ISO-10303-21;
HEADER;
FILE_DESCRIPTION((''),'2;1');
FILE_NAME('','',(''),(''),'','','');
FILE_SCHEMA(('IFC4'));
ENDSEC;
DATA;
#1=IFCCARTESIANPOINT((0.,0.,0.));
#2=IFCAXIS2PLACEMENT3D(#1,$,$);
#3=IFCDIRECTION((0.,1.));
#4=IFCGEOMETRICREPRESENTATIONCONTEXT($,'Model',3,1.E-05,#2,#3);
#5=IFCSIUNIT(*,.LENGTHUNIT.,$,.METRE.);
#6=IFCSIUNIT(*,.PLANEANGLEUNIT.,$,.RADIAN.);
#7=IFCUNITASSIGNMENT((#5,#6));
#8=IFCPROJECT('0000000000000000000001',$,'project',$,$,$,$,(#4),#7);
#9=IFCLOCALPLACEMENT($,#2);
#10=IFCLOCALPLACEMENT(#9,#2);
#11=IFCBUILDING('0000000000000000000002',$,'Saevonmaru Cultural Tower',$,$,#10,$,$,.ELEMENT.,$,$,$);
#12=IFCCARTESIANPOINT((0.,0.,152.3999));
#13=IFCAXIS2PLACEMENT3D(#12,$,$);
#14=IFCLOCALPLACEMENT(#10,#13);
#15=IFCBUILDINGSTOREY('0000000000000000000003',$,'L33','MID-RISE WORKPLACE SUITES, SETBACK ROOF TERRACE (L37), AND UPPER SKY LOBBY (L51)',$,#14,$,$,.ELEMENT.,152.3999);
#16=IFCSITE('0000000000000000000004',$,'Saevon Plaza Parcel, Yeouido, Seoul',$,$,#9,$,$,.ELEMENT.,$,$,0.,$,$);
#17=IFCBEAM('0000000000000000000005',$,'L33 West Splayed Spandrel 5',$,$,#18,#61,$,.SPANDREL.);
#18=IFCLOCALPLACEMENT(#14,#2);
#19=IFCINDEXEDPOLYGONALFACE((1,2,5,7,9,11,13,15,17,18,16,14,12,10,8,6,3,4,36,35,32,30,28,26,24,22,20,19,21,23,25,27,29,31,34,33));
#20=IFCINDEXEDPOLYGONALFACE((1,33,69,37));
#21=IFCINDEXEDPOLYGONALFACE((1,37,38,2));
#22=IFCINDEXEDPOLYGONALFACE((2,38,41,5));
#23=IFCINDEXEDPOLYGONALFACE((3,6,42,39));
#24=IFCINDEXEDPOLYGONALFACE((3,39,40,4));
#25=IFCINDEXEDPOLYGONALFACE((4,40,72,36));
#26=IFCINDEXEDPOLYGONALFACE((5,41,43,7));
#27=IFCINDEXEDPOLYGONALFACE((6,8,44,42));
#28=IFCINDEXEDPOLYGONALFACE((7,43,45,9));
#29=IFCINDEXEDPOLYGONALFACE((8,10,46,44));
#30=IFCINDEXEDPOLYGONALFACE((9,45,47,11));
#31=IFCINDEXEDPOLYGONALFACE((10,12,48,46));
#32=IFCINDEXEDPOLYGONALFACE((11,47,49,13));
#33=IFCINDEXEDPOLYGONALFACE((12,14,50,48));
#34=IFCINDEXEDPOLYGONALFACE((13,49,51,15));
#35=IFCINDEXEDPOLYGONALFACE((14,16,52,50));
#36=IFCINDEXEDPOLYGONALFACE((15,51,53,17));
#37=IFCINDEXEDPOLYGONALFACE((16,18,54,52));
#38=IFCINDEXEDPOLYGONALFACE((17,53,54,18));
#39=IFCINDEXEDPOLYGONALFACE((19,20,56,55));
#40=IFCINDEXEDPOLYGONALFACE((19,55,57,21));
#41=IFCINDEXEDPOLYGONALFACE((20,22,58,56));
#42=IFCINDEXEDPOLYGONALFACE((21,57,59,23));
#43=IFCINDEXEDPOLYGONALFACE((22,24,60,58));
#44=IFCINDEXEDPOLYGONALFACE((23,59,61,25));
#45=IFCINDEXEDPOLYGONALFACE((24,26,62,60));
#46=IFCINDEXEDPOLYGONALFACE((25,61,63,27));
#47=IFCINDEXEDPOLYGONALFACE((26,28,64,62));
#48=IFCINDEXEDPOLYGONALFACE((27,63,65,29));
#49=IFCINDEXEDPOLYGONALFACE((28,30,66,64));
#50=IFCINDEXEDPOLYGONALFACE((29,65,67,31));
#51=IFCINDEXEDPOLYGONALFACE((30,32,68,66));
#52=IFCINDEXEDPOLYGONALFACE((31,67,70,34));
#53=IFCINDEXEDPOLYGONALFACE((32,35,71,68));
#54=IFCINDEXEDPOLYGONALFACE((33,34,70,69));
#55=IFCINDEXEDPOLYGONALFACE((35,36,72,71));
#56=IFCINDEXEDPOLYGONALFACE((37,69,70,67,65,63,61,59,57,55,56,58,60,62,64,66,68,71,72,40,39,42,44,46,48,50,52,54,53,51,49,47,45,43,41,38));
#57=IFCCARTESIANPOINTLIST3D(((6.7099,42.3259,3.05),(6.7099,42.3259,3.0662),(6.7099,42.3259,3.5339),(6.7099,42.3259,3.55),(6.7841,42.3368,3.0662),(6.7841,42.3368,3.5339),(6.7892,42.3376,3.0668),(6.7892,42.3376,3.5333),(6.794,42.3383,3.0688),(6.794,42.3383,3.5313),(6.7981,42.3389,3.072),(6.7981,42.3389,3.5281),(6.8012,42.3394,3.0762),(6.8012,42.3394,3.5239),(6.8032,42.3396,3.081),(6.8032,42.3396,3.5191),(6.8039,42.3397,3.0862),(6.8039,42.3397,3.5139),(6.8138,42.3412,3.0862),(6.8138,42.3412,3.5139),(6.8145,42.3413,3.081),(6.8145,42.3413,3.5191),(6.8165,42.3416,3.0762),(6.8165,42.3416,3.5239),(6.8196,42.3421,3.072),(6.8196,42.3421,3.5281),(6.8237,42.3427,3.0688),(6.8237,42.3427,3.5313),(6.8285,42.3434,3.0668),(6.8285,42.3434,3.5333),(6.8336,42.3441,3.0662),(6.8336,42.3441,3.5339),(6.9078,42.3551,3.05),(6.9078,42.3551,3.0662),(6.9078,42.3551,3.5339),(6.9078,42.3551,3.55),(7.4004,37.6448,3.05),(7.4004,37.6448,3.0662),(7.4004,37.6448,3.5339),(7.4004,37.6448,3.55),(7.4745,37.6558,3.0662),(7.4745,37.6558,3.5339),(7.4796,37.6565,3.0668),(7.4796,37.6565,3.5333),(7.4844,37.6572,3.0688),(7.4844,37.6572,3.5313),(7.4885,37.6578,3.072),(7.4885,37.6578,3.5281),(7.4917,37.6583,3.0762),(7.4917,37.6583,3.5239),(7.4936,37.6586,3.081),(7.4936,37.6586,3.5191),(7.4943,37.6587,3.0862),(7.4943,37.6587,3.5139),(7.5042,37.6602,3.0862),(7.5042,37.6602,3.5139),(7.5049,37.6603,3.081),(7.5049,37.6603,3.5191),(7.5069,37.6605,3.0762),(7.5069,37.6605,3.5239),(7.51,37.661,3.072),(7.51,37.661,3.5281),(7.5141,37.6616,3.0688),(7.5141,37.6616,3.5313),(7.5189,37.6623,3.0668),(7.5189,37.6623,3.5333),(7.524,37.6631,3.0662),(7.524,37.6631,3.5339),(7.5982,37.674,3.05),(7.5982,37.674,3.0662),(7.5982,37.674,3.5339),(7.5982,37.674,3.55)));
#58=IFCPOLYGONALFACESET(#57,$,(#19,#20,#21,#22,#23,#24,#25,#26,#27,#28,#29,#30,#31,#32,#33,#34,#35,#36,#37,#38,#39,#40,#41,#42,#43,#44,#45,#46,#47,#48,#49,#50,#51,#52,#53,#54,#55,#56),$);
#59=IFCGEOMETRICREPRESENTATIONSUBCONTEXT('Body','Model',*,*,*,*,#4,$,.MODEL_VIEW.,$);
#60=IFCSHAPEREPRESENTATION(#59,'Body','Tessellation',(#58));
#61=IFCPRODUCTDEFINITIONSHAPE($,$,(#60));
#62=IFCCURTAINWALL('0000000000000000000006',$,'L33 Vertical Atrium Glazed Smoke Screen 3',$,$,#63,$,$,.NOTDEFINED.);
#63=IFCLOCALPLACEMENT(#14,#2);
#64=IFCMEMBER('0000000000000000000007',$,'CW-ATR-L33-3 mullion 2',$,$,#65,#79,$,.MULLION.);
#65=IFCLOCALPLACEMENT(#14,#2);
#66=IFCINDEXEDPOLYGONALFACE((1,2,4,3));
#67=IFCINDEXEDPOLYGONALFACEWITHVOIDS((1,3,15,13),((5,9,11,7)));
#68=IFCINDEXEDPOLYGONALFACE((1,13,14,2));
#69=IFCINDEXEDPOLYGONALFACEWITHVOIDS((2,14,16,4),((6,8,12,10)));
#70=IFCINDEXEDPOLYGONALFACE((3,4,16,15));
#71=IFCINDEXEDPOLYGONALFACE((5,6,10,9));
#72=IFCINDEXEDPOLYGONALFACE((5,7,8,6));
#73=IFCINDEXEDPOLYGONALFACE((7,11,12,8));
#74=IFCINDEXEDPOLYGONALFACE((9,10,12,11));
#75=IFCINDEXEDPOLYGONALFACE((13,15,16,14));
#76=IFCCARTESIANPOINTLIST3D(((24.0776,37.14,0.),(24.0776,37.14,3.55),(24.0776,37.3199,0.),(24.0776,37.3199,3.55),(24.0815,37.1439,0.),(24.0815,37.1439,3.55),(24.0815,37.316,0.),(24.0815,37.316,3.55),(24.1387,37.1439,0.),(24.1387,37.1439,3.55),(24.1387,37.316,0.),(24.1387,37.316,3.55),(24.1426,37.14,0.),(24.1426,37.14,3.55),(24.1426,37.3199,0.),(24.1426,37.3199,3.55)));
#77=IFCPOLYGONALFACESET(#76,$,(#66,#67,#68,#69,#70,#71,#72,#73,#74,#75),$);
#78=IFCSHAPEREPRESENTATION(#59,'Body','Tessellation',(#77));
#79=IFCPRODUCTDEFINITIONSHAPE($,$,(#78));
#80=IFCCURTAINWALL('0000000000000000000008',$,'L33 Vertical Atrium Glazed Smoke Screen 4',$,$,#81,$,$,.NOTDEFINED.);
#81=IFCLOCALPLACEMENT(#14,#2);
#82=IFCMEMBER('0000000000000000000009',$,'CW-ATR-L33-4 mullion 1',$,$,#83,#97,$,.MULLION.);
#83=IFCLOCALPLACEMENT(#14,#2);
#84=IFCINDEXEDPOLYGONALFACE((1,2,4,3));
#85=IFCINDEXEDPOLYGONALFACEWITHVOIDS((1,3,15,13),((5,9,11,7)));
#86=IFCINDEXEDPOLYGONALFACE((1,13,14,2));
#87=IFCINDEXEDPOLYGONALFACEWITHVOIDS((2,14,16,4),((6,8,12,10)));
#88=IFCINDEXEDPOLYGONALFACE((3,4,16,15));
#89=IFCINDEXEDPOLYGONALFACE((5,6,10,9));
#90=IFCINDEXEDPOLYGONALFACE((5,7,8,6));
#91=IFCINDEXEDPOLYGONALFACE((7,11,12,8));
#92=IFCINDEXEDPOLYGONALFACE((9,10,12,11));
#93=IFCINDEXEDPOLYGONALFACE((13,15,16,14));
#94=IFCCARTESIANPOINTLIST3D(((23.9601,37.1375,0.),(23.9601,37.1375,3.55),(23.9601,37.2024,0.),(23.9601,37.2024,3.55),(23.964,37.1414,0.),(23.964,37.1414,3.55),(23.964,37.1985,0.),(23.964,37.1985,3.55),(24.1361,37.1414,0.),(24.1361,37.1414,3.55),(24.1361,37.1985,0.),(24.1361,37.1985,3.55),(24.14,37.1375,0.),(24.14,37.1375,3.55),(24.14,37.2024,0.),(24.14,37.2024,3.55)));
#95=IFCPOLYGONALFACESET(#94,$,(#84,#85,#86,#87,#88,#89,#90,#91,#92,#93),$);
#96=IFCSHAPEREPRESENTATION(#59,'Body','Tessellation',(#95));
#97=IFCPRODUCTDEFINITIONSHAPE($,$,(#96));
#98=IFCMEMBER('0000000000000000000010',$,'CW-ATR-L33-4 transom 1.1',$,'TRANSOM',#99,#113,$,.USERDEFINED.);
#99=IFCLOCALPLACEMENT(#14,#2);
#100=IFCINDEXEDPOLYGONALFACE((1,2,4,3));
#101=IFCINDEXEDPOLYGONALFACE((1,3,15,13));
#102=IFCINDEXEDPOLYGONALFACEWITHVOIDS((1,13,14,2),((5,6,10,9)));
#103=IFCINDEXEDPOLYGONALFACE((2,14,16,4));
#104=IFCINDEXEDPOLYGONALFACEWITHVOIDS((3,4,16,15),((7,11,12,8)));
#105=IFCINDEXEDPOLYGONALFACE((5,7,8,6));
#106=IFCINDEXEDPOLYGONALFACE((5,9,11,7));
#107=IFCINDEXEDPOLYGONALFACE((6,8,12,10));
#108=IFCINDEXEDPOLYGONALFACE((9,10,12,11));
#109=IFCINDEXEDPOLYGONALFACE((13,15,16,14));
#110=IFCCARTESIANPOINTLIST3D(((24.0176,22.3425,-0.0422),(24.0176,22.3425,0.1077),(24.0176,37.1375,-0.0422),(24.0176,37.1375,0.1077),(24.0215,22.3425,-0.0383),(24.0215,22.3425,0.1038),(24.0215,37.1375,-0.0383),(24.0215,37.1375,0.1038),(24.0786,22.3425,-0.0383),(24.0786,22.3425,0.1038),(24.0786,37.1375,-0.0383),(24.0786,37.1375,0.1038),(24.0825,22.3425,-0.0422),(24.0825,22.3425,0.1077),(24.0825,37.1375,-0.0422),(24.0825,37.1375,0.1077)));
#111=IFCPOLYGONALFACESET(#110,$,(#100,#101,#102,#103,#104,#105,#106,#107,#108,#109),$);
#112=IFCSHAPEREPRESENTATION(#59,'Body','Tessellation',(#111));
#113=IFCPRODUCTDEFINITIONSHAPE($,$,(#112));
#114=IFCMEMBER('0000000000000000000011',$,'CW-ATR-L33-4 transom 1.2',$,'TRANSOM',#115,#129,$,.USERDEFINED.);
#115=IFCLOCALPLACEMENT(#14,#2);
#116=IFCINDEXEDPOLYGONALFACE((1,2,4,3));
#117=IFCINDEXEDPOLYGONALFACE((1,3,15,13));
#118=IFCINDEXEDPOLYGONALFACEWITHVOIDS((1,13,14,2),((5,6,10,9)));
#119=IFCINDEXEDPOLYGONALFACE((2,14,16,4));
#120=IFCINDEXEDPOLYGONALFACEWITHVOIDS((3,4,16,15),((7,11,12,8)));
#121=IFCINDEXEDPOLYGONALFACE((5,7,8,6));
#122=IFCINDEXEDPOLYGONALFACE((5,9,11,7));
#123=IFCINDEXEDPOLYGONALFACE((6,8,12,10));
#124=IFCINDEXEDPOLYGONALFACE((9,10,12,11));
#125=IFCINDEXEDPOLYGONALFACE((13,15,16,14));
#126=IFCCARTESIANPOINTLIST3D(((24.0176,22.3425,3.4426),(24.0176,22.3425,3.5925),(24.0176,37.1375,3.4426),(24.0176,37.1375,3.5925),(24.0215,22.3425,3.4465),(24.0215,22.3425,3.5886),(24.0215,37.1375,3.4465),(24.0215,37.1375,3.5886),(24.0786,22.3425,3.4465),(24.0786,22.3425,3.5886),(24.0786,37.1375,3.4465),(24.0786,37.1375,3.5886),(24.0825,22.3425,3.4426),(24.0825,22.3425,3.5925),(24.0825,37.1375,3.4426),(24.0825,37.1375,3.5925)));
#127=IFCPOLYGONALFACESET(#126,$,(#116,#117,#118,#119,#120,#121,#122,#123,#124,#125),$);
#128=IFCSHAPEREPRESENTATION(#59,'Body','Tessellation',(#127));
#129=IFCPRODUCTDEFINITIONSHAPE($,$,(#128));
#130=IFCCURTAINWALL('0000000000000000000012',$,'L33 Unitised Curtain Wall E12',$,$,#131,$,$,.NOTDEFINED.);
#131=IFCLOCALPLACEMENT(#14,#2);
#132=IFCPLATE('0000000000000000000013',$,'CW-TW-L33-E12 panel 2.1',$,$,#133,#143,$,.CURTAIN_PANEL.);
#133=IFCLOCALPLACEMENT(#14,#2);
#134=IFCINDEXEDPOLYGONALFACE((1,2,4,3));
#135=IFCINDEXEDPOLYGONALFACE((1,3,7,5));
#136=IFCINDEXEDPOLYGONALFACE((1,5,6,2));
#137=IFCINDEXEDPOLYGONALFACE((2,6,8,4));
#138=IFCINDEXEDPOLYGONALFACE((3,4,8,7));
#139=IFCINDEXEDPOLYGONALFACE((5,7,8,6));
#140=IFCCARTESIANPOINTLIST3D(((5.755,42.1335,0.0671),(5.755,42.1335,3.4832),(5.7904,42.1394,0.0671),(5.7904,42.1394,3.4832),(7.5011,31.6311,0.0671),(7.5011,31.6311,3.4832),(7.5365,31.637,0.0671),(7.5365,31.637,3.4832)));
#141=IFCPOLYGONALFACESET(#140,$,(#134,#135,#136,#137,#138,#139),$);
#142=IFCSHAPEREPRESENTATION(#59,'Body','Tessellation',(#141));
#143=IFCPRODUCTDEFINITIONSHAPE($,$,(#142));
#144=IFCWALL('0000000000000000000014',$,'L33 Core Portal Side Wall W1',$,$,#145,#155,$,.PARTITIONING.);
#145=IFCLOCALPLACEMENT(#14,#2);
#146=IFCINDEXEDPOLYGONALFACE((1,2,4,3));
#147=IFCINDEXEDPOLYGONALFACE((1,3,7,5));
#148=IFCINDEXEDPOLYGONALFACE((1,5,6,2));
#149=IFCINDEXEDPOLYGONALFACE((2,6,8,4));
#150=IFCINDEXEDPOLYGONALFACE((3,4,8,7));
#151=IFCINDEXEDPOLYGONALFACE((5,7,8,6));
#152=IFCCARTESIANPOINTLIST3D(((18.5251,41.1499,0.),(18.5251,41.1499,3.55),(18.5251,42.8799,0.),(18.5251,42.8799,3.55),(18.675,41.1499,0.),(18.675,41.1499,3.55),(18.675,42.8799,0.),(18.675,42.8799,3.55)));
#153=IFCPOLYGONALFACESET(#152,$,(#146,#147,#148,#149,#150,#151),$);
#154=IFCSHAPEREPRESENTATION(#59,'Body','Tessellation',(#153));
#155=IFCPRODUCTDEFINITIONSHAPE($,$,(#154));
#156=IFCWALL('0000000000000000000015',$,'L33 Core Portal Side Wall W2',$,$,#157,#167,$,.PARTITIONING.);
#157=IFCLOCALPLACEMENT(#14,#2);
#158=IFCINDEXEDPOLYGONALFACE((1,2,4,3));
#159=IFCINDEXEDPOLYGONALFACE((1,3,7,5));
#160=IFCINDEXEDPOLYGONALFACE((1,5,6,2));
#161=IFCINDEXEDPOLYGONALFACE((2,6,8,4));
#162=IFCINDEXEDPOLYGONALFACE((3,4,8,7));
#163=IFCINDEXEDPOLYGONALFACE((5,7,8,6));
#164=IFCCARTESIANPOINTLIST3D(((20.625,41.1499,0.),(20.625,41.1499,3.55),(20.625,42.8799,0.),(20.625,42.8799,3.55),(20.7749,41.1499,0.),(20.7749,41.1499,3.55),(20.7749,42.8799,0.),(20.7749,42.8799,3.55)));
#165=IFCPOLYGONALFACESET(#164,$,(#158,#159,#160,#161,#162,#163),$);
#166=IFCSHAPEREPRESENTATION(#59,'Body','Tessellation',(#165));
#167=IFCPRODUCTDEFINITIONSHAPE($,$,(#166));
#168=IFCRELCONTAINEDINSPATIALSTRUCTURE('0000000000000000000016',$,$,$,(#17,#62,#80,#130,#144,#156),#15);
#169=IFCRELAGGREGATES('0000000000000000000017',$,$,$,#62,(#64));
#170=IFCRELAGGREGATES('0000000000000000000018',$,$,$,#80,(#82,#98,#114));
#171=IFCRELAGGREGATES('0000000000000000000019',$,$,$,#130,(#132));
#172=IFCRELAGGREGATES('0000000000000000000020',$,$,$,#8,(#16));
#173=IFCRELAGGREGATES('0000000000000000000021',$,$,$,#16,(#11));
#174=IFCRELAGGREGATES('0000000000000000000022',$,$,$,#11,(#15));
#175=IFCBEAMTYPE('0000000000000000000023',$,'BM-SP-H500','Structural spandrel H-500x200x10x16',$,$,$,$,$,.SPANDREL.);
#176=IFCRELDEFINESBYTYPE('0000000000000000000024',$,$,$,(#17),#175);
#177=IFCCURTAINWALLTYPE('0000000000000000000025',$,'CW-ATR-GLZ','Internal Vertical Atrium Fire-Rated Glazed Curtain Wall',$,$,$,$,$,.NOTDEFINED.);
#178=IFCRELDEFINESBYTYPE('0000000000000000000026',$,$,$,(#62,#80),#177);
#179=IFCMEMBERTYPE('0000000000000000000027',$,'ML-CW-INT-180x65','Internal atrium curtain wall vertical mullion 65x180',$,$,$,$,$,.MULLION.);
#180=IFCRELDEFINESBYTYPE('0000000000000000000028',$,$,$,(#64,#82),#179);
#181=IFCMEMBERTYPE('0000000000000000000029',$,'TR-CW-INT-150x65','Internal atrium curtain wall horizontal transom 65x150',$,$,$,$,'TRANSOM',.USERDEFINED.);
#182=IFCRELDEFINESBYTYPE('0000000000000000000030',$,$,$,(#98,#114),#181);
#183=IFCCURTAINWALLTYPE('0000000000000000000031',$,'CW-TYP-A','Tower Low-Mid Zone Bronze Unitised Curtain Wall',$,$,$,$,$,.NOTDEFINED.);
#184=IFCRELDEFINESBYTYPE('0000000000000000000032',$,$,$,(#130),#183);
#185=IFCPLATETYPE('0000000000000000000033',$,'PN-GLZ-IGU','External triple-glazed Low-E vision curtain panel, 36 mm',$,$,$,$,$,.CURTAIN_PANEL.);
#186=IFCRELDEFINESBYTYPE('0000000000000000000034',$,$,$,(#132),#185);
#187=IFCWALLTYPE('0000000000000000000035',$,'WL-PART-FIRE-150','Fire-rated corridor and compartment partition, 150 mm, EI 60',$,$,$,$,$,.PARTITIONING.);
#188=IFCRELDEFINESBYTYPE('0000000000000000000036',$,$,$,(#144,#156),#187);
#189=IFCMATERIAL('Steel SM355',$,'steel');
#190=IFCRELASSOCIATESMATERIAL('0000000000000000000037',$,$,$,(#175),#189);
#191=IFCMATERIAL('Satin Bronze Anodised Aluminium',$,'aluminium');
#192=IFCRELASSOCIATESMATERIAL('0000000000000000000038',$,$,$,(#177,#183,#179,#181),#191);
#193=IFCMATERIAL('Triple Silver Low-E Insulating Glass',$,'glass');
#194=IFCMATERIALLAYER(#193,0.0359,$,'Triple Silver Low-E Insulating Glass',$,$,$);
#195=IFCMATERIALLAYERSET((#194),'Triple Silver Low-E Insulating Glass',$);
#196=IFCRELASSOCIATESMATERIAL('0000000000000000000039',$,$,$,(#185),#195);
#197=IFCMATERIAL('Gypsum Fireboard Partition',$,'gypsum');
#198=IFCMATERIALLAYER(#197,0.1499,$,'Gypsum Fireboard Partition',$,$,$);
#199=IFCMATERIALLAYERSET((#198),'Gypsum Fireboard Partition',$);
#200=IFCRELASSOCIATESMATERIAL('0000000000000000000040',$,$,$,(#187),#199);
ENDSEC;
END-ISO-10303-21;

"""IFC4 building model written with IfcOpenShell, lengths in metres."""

from ifc_helpers import new_model, si_unit, direction, frame, frame_2d, origin, origin_2d, place, context, subcontext, project, spatial, rectangle, hollow_rectangle, i_section, extrude, material, layer, layer_set, material_profile, profile_set, type_object, element, aggregate, save


model = new_model("IFC4")

# Units and contexts
model_context = context("Model", 3, precision=1e-05, world=origin(), true_north=direction((0.0, 1.0)))
body_context = subcontext(model_context, "Body", "Model", "MODEL_VIEW")
ifc_project = project(units=[si_unit("LENGTHUNIT", "METRE"), si_unit("PLANEANGLEUNIT", "RADIAN")], contexts=[model_context])

# Site, building, storey
site_placement = place(None, origin())
site = spatial("IfcSite", under=ifc_project, at=site_placement, Name="Saevon Plaza Parcel, Yeouido, Seoul", CompositionType="ELEMENT", RefElevation=0.0)
building_placement = place(site_placement, origin())
building = spatial("IfcBuilding", under=site, at=building_placement, Name="Saevonmaru Cultural Tower", CompositionType="ELEMENT")
storey_placement = place(building_placement, frame((0.0, 0.0, 152.3999)))
storey = spatial("IfcBuildingStorey", under=building, at=storey_placement, Name="L33", Description="MID-RISE WORKPLACE SUITES, SETBACK ROOF TERRACE (L37), AND UPPER SKY LOBBY (L51)", CompositionType="ELEMENT", Elevation=152.3999)

# Shared definitions
ifc_material_1 = material(Name="Steel SM355", Category="steel")

# Beam
ifc_material_profile_1 = material_profile(ifc_material_1, i_section(OverallWidth=0.2, OverallDepth=0.5, WebThickness=0.01, FlangeThickness=0.0161, FilletRadius=0.02, at=origin_2d()), Name="H-500x200x10x16")
ifc_profile_set_1 = profile_set([ifc_material_profile_1], Name="Steel SM355")
beam_type_1 = type_object("IfcBeamType", Name="BM-SP-H500", Description="Structural spandrel H-500x200x10x16", PredefinedType="SPANDREL", material=ifc_profile_set_1)
beam_1_placement = place(storey_placement, frame((7.4993, 37.6594, 3.3), z_axis=(-0.145913, 0.989297, 0.0), x_axis=(-0.989297, -0.145913, 0.0)))
element("IfcBeam", 1, at=beam_1_placement, inside=storey, type_object=beam_type_1, Name="L33 West Splayed Spandrel 5", PredefinedType="SPANDREL", context=body_context, shape_type="SweptSolid", body=[
    extrude(i_section(OverallWidth=0.2, OverallDepth=0.5, WebThickness=0.01, FlangeThickness=0.0161, FilletRadius=0.02, at=origin_2d()), origin(), (0.0, 0.0, 1.0), 4.7317),
])

# Curtain wall, member
ifc_material_2 = material(Name="Satin Bronze Anodised Aluminium", Category="aluminium")
curtain_wall_type_1 = type_object("IfcCurtainWallType", Name="CW-ATR-GLZ", Description="Internal Vertical Atrium Fire-Rated Glazed Curtain Wall", PredefinedType="NOTDEFINED", material=ifc_material_2)
curtain_wall_1_placement = place(storey_placement, origin())
curtain_wall_1 = element("IfcCurtainWall", 2, at=curtain_wall_1_placement, inside=storey, type_object=curtain_wall_type_1, Name="L33 Vertical Atrium Glazed Smoke Screen 3", PredefinedType="NOTDEFINED")
ifc_material_profile_2 = material_profile(ifc_material_2, hollow_rectangle(XDim=0.0649, YDim=0.1799, WallThickness=0.0039, at=origin_2d()), Name="ALU-MULL-180x65x4")
ifc_profile_set_2 = profile_set([ifc_material_profile_2], Name="Satin Bronze Anodised Aluminium")
member_type_1 = type_object("IfcMemberType", Name="ML-CW-INT-180x65", Description="Internal atrium curtain wall vertical mullion 65x180", PredefinedType="MULLION", material=ifc_profile_set_2)
member_1_placement = place(storey_placement, frame((24.1101, 37.23, 0.0), z_axis=(0.0, 0.0, 1.0), x_axis=(-1.0, 0.0, 0.0)))
member_1 = element("IfcMember", 3, at=member_1_placement, type_object=member_type_1, Name="CW-ATR-L33-3 mullion 2", PredefinedType="MULLION", context=body_context, shape_type="SweptSolid", body=[
    extrude(hollow_rectangle(XDim=0.0649, YDim=0.1799, WallThickness=0.0039, at=origin_2d()), origin(), (0.0, 0.0, 1.0), 3.55),
])
aggregate(curtain_wall_1, [member_1])

# Curtain wall, members
curtain_wall_2_placement = place(storey_placement, origin())
curtain_wall_2 = element("IfcCurtainWall", 4, at=curtain_wall_2_placement, inside=storey, type_object=curtain_wall_type_1, Name="L33 Vertical Atrium Glazed Smoke Screen 4", PredefinedType="NOTDEFINED")
member_2_placement = place(storey_placement, frame((24.05, 37.1699, 0.0), z_axis=(0.0, 0.0, 1.0), x_axis=(0.0, -1.0, 0.0)))
member_2 = element("IfcMember", 5, at=member_2_placement, type_object=member_type_1, Name="CW-ATR-L33-4 mullion 1", PredefinedType="MULLION", context=body_context, shape_type="SweptSolid", body=[
    extrude(hollow_rectangle(XDim=0.0649, YDim=0.1799, WallThickness=0.0039, at=origin_2d()), origin(), (0.0, 0.0, 1.0), 3.55),
])
ifc_material_profile_3 = material_profile(ifc_material_2, hollow_rectangle(XDim=0.0649, YDim=0.1499, WallThickness=0.0039, at=origin_2d()), Name="ALU-TRAN-150x65x4")
ifc_profile_set_3 = profile_set([ifc_material_profile_3], Name="Satin Bronze Anodised Aluminium")
member_type_2 = type_object("IfcMemberType", Name="TR-CW-INT-150x65", Description="Internal atrium curtain wall horizontal transom 65x150", ElementType="TRANSOM", PredefinedType="USERDEFINED", material=ifc_profile_set_3)
member_3_placement = place(storey_placement, frame((24.05, 37.1375, 0.0327), z_axis=(0.0, -1.0, 0.0), x_axis=(1.0, 0.0, 0.0)))
member_3 = element("IfcMember", 6, at=member_3_placement, type_object=member_type_2, Name="CW-ATR-L33-4 transom 1.1", ObjectType="TRANSOM", PredefinedType="USERDEFINED", context=body_context, shape_type="SweptSolid", body=[
    extrude(hollow_rectangle(XDim=0.0649, YDim=0.1499, WallThickness=0.0039, at=origin_2d()), origin(), (0.0, 0.0, 1.0), 14.7949),
])
member_4_placement = place(storey_placement, frame((24.05, 37.1375, 3.5176), z_axis=(0.0, -1.0, 0.0), x_axis=(1.0, 0.0, 0.0)))
member_4 = element("IfcMember", 7, at=member_4_placement, type_object=member_type_2, Name="CW-ATR-L33-4 transom 1.2", ObjectType="TRANSOM", PredefinedType="USERDEFINED", context=body_context, shape_type="SweptSolid", body=[
    extrude(hollow_rectangle(XDim=0.0649, YDim=0.1499, WallThickness=0.0039, at=origin_2d()), origin(), (0.0, 0.0, 1.0), 14.7949),
])
aggregate(curtain_wall_2, [member_2, member_3, member_4])

# Curtain wall, plate
curtain_wall_type_2 = type_object("IfcCurtainWallType", Name="CW-TYP-A", Description="Tower Low-Mid Zone Bronze Unitised Curtain Wall", PredefinedType="NOTDEFINED", material=ifc_material_2)
curtain_wall_3_placement = place(storey_placement, origin())
curtain_wall_3 = element("IfcCurtainWall", 8, at=curtain_wall_3_placement, inside=storey, type_object=curtain_wall_type_2, Name="L33 Unitised Curtain Wall E12", PredefinedType="NOTDEFINED")
ifc_material_3 = material(Name="Triple Silver Low-E Insulating Glass", Category="glass")
ifc_layer_1 = layer(ifc_material_3, 0.0359, Name="Triple Silver Low-E Insulating Glass")
ifc_layer_set_1 = layer_set([ifc_layer_1], Name="Triple Silver Low-E Insulating Glass")
plate_type = type_object("IfcPlateType", Name="PN-GLZ-IGU", Description="External triple-glazed Low-E vision curtain panel, 36 mm", PredefinedType="CURTAIN_PANEL", material=ifc_layer_set_1)
plate_placement = place(storey_placement, frame((6.6458, 36.8853, 0.0671), z_axis=(0.0, 0.0, 1.0), x_axis=(0.163999, -0.986461, 0.0)))
plate = element("IfcPlate", 9, at=plate_placement, type_object=plate_type, Name="CW-TW-L33-E12 panel 2.1", PredefinedType="CURTAIN_PANEL", context=body_context, shape_type="SweptSolid", body=[
    extrude(rectangle(XDim=10.6465, YDim=0.0359, at=origin_2d()), origin(), (0.0, 0.0, 1.0), 3.416),
])
aggregate(curtain_wall_3, [plate])

# Walls
ifc_material_4 = material(Name="Gypsum Fireboard Partition", Category="gypsum")
ifc_layer_2 = layer(ifc_material_4, 0.1499, Name="Gypsum Fireboard Partition")
ifc_layer_set_2 = layer_set([ifc_layer_2], Name="Gypsum Fireboard Partition")
wall_type_1 = type_object("IfcWallType", Name="WL-PART-FIRE-150", Description="Fire-rated corridor and compartment partition, 150 mm, EI 60", PredefinedType="PARTITIONING", material=ifc_layer_set_2)
for number, where, z_axis, x_axis, name in (
    (10, (18.6001, 41.1499, 0.0), (0.0, 0.0, 1.0), (0.0, 1.0, 0.0), "L33 Core Portal Side Wall W1"),
    (11, (20.7, 41.1499, 0.0), (0.0, 0.0, 1.0), (0.0, 1.0, 0.0), "L33 Core Portal Side Wall W2"),
):
    element("IfcWall", number, at=place(storey_placement, frame(where, z_axis=z_axis, x_axis=x_axis)), inside=storey, type_object=wall_type_1, Name=name, PredefinedType="PARTITIONING", context=body_context, shape_type="SweptSolid", body=[
        extrude(rectangle(XDim=1.73, YDim=0.1499, at=frame_2d((0.865, 0.0))), origin(), (0.0, 0.0, 1.0), 3.55),
    ])

save(model, "model.ifc")
